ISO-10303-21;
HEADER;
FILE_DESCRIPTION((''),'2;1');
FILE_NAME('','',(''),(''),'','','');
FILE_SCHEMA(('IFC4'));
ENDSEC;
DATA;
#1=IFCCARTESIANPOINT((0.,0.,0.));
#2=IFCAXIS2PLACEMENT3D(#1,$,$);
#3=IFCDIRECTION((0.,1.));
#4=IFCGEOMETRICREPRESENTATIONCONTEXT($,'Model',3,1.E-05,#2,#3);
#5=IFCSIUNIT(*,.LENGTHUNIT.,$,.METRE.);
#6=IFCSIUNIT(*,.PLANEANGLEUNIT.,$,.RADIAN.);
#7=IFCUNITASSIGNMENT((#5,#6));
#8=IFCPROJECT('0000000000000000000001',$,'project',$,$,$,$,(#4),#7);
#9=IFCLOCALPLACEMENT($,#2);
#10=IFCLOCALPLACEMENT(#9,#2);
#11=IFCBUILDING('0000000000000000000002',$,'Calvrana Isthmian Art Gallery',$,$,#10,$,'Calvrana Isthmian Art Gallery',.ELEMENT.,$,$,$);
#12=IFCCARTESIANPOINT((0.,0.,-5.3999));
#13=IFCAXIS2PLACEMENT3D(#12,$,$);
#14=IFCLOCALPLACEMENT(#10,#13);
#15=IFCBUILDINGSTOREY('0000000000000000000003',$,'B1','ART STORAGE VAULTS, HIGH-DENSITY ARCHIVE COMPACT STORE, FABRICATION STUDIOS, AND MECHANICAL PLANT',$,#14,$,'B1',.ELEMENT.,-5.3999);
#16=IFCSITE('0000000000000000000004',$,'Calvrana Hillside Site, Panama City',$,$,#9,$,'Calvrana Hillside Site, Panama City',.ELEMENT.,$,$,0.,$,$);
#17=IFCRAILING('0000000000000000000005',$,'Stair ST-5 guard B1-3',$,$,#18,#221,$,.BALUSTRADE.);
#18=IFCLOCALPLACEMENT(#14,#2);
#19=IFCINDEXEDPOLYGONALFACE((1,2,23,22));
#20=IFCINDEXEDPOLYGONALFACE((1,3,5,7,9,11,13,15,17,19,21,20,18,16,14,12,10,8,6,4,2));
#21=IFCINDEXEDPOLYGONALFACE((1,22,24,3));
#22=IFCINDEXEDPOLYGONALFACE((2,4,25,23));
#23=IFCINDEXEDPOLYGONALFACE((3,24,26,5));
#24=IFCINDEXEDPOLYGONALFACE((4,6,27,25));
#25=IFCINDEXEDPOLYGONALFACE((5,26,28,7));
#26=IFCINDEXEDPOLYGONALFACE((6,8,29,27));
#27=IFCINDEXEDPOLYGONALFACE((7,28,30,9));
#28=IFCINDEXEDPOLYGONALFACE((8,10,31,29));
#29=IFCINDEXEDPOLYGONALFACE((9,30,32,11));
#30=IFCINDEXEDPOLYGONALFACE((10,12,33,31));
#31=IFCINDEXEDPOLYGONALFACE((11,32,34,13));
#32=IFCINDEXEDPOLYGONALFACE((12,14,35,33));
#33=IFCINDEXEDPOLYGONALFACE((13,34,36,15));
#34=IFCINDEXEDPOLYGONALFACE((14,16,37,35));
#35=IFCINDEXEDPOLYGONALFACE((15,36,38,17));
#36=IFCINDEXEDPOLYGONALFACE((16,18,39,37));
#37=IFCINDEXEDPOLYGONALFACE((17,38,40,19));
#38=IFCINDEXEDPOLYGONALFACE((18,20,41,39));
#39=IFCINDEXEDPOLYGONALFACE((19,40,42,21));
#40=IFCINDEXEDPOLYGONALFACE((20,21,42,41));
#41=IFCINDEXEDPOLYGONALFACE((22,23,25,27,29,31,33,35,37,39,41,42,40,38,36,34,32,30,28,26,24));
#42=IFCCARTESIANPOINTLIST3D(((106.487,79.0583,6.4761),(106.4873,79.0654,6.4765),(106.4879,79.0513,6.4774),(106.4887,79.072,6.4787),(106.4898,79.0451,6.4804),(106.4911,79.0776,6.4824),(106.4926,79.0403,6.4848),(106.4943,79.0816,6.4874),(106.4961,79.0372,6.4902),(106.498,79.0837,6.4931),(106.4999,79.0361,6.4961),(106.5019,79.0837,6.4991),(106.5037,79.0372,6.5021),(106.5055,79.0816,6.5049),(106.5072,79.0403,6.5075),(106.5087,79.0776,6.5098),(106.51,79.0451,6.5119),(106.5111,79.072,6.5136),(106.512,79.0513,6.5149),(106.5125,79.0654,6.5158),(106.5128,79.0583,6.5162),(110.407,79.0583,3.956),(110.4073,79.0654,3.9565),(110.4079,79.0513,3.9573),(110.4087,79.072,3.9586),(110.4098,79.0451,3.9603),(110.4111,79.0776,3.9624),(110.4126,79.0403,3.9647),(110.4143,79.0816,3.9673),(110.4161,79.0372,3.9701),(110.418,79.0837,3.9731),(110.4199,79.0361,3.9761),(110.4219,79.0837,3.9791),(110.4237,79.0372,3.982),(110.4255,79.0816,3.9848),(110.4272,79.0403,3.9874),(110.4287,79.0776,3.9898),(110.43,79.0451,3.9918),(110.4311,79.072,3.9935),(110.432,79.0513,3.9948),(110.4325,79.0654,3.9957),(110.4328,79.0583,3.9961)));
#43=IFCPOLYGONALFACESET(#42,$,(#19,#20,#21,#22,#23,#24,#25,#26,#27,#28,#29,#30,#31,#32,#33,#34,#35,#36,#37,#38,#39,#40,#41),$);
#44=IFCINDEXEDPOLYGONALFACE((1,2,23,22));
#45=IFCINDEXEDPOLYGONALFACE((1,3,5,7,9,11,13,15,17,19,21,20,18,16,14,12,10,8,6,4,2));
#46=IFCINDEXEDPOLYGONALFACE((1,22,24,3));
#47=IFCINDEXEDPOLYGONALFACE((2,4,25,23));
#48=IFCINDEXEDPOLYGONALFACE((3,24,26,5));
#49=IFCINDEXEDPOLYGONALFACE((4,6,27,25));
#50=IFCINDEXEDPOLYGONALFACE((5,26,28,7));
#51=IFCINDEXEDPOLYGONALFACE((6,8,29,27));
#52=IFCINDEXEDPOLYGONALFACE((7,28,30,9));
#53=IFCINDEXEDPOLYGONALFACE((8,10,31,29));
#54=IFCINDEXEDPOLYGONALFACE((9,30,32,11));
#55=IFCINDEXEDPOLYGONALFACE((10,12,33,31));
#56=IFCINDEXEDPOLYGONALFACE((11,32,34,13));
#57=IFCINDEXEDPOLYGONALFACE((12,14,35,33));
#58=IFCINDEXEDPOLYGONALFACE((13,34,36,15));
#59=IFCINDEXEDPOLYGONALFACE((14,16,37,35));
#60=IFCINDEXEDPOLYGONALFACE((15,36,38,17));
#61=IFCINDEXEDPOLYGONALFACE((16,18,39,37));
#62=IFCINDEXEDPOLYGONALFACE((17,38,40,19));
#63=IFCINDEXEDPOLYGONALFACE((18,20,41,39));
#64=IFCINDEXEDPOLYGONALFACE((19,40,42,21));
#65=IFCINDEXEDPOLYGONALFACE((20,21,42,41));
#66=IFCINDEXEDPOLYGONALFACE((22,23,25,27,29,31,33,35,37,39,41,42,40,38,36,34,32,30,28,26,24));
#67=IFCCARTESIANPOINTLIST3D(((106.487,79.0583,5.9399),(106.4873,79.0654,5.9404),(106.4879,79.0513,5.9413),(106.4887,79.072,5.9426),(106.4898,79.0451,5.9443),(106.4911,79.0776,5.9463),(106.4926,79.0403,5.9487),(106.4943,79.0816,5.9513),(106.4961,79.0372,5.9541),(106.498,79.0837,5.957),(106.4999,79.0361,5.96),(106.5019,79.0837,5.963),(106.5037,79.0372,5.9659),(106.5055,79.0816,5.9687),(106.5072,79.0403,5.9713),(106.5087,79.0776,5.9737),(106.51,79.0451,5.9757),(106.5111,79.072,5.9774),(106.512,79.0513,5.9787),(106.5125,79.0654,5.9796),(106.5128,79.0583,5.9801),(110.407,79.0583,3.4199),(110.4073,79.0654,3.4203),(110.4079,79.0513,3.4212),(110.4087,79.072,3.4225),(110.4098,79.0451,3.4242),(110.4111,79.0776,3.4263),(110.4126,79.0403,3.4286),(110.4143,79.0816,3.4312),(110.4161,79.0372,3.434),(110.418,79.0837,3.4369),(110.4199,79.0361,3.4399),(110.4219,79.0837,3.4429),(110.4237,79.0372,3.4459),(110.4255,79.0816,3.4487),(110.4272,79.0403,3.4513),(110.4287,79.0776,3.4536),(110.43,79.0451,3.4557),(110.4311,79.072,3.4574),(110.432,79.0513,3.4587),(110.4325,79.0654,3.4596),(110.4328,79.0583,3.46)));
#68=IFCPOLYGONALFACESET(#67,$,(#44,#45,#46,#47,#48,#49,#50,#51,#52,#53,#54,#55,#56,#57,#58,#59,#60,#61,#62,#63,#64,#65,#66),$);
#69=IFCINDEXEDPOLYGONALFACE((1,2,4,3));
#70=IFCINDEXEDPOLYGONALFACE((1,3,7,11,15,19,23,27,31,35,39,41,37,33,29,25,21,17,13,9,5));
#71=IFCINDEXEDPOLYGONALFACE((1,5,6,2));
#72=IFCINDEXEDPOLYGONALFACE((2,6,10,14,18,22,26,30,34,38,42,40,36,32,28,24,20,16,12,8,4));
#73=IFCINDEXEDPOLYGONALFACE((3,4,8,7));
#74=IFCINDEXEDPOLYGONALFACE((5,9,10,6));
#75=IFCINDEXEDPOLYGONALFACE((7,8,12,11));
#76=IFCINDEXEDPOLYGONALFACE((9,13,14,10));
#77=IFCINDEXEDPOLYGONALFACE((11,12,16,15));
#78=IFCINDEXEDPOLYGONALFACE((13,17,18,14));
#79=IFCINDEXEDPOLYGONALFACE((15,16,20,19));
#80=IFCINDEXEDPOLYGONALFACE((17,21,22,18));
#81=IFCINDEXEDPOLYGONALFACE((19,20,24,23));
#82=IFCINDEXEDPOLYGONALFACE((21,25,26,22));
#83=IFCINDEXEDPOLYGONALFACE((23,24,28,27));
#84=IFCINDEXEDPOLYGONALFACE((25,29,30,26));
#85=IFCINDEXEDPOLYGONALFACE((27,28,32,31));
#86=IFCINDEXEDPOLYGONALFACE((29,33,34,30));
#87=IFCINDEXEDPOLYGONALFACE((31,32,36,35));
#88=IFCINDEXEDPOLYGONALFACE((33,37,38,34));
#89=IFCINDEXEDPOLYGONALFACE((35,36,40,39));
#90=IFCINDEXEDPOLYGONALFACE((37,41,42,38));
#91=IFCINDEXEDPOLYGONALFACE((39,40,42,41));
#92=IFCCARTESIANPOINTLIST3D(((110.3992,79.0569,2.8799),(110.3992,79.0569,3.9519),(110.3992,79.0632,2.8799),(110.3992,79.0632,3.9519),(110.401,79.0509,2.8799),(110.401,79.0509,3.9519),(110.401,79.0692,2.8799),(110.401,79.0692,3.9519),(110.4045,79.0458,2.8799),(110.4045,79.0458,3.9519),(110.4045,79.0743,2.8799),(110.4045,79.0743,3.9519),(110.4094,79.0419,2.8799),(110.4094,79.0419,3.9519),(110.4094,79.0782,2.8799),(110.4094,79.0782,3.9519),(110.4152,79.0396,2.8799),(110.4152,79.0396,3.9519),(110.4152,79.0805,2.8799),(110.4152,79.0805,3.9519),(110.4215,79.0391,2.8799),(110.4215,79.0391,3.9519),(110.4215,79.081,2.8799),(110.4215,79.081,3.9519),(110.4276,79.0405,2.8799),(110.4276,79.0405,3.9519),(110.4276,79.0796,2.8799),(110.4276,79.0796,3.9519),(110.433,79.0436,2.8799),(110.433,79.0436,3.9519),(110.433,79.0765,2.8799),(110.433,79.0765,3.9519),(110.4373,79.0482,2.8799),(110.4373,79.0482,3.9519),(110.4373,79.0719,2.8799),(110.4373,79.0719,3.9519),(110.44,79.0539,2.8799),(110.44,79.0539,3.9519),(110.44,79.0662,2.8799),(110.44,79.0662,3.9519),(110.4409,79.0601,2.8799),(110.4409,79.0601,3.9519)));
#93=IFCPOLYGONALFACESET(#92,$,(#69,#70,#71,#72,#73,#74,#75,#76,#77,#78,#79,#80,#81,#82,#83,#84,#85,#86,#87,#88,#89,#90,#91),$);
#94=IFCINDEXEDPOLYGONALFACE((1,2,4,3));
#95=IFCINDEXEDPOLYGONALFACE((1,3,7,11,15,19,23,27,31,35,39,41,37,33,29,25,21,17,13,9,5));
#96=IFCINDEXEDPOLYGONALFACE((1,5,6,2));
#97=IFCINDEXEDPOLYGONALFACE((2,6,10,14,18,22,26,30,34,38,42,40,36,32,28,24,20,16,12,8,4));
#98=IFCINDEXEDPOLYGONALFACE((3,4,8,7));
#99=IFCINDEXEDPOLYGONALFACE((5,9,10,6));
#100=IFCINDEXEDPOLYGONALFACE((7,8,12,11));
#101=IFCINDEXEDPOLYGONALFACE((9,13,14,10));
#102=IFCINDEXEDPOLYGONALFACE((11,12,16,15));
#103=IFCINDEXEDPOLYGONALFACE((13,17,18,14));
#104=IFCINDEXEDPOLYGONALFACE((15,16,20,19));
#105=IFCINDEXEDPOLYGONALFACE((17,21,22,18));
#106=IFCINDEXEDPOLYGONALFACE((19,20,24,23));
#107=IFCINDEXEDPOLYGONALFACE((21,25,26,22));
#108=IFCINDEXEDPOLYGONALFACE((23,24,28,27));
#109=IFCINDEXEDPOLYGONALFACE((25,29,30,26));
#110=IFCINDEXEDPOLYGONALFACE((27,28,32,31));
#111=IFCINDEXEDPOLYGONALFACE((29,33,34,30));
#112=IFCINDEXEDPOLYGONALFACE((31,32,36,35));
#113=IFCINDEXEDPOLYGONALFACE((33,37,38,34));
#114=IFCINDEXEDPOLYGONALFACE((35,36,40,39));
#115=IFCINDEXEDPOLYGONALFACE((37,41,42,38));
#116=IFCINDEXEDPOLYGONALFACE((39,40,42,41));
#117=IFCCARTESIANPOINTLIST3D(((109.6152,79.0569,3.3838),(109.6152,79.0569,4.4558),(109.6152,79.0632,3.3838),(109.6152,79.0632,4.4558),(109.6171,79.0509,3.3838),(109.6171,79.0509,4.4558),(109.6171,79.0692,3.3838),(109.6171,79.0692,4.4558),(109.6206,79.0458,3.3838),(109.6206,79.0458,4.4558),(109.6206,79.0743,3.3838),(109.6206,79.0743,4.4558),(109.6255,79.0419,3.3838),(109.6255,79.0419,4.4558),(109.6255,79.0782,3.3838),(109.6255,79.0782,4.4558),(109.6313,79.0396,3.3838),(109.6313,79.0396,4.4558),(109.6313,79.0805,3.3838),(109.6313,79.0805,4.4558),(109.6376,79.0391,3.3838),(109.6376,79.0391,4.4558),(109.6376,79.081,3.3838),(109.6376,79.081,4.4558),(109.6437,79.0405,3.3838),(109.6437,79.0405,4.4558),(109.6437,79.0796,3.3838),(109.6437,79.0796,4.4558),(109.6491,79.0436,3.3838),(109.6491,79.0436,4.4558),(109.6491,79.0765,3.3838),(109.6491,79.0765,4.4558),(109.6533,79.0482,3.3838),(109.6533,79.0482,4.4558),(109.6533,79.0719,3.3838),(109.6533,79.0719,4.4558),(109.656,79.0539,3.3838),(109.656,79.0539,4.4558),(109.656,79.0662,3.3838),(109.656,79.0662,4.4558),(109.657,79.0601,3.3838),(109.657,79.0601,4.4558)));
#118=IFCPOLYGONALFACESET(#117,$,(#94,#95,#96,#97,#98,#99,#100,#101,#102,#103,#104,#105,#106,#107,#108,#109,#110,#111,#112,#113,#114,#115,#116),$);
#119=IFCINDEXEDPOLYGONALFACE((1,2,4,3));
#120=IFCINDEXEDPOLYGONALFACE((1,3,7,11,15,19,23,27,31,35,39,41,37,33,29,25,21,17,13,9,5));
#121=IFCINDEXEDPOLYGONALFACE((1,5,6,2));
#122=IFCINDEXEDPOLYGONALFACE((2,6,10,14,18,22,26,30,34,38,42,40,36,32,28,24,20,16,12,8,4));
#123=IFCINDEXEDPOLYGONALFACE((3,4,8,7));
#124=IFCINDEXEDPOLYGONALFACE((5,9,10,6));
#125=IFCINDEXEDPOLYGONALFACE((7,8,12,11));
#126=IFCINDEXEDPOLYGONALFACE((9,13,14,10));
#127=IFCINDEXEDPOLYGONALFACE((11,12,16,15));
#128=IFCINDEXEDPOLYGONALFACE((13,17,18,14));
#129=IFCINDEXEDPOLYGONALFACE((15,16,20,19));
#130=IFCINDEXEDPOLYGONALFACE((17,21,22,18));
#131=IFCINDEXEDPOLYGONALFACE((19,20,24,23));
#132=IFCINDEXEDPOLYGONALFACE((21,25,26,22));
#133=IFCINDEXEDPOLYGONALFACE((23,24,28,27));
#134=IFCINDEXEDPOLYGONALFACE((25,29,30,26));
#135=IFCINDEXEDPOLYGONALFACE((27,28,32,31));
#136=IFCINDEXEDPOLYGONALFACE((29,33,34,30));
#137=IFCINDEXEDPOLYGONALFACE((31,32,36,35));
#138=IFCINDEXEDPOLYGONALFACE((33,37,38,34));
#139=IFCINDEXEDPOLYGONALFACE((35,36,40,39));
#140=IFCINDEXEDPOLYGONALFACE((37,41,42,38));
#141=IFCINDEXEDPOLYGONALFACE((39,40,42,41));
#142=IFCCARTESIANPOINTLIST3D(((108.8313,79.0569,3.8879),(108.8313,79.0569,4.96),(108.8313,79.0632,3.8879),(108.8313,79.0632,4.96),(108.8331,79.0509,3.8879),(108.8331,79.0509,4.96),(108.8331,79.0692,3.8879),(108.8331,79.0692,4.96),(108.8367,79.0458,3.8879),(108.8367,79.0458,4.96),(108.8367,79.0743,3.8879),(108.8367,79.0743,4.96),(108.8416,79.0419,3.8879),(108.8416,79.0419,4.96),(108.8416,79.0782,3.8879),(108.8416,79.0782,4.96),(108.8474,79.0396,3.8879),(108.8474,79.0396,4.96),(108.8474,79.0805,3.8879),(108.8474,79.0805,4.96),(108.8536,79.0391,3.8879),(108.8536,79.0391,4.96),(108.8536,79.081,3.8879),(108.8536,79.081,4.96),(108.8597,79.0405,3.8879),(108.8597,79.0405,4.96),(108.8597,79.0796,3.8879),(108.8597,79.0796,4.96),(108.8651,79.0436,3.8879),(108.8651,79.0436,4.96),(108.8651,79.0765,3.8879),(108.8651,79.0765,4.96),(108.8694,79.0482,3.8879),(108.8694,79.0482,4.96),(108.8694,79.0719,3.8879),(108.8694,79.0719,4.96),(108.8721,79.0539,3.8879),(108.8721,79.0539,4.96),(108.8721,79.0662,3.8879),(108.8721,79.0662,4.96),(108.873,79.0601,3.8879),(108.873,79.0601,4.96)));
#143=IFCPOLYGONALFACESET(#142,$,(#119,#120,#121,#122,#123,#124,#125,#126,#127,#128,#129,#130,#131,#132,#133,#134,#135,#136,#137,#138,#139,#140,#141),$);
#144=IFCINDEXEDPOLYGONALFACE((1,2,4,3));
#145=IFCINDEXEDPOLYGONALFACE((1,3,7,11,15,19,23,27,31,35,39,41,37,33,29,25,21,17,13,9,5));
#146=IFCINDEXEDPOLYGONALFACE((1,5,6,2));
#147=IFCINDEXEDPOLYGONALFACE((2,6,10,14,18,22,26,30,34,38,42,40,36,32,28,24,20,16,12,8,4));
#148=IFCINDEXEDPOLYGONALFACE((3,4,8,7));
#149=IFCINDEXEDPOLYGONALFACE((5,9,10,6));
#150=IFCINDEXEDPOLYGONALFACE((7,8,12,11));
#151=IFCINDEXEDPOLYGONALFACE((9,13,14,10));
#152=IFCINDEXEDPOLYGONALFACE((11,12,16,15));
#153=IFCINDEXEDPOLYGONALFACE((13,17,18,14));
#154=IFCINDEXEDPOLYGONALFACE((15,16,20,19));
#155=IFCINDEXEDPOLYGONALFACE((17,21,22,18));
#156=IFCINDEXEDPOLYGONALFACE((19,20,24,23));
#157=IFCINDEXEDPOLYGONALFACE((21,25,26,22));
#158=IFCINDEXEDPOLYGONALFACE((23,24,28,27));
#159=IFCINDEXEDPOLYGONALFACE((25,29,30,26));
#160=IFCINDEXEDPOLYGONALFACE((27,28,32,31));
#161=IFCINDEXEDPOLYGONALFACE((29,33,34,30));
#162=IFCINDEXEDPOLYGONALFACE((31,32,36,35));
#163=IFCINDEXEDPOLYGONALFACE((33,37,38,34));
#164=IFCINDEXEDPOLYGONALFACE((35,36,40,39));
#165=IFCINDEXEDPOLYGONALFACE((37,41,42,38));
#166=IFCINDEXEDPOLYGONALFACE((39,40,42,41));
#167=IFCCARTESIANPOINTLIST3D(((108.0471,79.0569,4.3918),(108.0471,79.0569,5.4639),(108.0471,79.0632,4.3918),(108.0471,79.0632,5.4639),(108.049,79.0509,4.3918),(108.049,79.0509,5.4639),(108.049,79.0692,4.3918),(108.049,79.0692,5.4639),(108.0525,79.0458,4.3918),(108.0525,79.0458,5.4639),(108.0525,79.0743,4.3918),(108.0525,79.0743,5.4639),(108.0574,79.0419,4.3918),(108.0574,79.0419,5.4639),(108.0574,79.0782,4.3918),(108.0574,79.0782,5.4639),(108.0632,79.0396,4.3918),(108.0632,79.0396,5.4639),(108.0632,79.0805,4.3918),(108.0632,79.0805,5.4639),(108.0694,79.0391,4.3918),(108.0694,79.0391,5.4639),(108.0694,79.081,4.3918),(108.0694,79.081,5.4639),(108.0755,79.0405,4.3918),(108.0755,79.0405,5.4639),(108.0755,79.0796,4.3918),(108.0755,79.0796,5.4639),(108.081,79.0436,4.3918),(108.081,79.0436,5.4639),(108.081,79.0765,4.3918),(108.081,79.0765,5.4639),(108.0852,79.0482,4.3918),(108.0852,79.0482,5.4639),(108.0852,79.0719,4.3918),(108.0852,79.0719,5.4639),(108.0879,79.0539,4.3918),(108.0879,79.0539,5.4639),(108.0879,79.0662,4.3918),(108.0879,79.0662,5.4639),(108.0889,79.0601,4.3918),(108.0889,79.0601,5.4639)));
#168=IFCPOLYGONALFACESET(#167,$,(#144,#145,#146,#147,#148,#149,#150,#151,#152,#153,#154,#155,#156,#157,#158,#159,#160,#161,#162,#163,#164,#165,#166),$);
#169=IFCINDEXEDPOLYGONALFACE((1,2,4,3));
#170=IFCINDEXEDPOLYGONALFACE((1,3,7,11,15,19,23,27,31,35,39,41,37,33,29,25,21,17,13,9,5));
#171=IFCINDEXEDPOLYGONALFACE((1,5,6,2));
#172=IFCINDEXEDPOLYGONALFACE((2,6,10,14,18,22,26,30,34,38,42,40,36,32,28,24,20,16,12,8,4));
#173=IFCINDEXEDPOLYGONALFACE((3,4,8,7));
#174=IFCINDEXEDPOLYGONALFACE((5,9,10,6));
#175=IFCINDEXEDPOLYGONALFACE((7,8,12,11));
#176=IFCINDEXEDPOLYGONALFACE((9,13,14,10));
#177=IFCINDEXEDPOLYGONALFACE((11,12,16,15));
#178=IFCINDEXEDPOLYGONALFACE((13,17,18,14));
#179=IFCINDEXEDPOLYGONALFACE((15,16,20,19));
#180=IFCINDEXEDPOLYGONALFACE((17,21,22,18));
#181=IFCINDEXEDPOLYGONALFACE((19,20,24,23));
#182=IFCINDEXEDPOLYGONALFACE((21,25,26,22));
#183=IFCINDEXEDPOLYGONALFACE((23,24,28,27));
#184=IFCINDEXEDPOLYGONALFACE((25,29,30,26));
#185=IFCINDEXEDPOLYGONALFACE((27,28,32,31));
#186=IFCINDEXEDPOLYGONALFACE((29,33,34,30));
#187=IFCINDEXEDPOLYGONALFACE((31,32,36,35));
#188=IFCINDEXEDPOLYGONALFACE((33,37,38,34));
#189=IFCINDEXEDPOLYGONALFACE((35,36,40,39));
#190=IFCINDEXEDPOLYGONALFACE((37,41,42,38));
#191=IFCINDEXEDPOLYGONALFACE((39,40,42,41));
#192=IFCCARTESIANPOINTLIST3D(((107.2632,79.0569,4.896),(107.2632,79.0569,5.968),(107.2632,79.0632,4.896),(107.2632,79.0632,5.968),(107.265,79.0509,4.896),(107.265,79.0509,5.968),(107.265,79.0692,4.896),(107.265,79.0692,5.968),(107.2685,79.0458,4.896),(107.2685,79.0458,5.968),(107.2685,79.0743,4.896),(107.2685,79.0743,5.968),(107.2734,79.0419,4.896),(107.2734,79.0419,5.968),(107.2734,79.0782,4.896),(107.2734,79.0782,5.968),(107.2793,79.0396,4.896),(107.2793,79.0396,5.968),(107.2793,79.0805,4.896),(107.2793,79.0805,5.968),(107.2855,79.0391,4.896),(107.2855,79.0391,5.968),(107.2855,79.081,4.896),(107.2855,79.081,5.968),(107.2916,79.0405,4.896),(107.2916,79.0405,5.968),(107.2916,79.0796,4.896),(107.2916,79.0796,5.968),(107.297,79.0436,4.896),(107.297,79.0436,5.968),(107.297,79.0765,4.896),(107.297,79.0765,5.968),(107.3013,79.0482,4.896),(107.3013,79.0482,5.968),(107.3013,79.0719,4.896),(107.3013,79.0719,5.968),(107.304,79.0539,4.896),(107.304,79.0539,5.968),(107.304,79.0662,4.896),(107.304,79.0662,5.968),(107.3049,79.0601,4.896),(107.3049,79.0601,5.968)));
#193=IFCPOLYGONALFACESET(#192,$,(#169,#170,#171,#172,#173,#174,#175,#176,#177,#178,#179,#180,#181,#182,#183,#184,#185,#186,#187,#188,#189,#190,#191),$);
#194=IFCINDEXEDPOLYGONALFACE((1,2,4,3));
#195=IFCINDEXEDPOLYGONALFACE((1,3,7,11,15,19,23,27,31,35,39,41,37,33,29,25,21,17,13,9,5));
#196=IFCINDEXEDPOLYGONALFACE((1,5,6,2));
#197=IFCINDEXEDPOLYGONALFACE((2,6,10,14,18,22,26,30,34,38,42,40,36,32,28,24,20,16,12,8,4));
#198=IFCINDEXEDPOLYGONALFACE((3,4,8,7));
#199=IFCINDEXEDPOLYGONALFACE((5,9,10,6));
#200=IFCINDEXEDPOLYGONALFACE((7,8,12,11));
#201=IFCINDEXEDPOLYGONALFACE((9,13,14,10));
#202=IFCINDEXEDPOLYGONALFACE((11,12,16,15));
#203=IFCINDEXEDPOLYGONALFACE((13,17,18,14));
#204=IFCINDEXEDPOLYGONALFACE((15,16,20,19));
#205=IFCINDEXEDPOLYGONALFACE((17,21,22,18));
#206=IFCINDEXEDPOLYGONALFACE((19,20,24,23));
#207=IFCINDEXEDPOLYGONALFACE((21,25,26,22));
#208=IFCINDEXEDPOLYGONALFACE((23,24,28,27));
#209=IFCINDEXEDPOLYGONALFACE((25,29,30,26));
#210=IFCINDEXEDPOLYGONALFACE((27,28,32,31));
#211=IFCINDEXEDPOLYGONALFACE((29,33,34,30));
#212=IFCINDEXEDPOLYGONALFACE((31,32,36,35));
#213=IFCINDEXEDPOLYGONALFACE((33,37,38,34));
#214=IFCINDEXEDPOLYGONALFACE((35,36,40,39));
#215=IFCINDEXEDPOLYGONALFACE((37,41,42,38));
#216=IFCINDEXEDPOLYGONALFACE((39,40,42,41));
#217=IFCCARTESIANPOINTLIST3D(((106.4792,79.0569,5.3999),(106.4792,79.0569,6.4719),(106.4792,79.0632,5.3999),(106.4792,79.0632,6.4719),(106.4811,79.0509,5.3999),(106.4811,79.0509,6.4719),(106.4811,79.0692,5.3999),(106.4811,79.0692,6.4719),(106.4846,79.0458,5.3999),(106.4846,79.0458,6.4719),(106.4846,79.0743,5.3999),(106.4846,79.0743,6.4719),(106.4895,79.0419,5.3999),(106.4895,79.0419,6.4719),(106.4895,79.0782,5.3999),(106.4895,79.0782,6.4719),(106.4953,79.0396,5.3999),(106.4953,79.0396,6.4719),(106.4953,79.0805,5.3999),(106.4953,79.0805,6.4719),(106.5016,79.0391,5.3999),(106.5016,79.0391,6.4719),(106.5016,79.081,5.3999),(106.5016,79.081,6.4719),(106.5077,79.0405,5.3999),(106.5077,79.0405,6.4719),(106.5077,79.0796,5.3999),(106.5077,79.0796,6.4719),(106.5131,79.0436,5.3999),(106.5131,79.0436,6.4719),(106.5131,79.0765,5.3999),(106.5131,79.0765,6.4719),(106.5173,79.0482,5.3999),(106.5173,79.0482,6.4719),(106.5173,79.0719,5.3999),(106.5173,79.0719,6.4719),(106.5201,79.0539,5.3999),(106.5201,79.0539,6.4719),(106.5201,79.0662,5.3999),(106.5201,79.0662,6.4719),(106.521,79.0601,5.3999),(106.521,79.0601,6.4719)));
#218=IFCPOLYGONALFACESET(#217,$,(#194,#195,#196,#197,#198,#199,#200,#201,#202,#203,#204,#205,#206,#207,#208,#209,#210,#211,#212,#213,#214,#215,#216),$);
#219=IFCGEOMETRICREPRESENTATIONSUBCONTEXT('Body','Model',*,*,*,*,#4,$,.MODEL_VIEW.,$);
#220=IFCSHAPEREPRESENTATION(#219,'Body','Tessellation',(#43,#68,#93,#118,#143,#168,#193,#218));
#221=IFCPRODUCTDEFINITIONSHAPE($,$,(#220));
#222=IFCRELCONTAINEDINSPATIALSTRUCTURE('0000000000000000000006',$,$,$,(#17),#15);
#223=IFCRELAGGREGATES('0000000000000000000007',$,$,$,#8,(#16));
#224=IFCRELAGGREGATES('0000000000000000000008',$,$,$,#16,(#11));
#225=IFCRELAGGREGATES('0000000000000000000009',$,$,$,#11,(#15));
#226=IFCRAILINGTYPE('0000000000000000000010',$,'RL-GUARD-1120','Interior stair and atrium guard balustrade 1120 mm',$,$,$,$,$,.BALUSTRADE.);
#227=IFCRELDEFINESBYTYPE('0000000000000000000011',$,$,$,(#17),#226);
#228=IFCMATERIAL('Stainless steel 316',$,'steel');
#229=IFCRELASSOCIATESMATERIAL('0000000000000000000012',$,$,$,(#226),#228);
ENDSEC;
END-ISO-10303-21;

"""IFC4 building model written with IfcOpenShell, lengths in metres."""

from ifc_helpers import new_model, si_unit, direction, frame, origin, origin_2d, place, context, subcontext, project, spatial, circle, extrude, material, type_object, element, save


model = new_model("IFC4")

# Units and contexts
model_context = context("Model", 3, precision=1e-05, world=origin(), true_north=direction((0.0, 1.0)))
body_context = subcontext(model_context, "Body", "Model", "MODEL_VIEW")
ifc_project = project(units=[si_unit("LENGTHUNIT", "METRE"), si_unit("PLANEANGLEUNIT", "RADIAN")], contexts=[model_context])

# Site, building, storey
site_placement = place(None, origin())
site = spatial("IfcSite", under=ifc_project, at=site_placement, Name="Calvrana Hillside Site, Panama City", LongName="Calvrana Hillside Site, Panama City", CompositionType="ELEMENT", RefElevation=0.0)
building_placement = place(site_placement, origin())
building = spatial("IfcBuilding", under=site, at=building_placement, Name="Calvrana Isthmian Art Gallery", LongName="Calvrana Isthmian Art Gallery", CompositionType="ELEMENT")
storey_placement = place(building_placement, frame((0.0, 0.0, -5.3999)))
storey = spatial("IfcBuildingStorey", under=building, at=storey_placement, Name="B1", Description="ART STORAGE VAULTS, HIGH-DENSITY ARCHIVE COMPACT STORE, FABRICATION STUDIOS, AND MECHANICAL PLANT", LongName="B1", CompositionType="ELEMENT", Elevation=-5.3999)

# Railing
ifc_material_1 = material(Name="Stainless steel 316", Category="steel")
railing_type_1 = type_object("IfcRailingType", Name="RL-GUARD-1120", Description="Interior stair and atrium guard balustrade 1120 mm", PredefinedType="BALUSTRADE", material=ifc_material_1)
railing_1_placement = place(storey_placement, frame((110.4199, 79.0601, 2.8799)))
element("IfcRailing", 1, at=railing_1_placement, inside=storey, type_object=railing_type_1, Name="Stair ST-5 guard B1-3", PredefinedType="BALUSTRADE", context=body_context, shape_type="SweptSolid", body=[
    extrude(circle(Radius=0.0239, at=origin_2d()), frame((0.0, 0.0, 1.0962), z_axis=(-0.841172, 0.0, 0.540768), x_axis=(0.0, -1.0, 0.0)), (0.0, 0.0, 1.0), 4.6602),
    extrude(circle(Radius=0.0239, at=origin_2d()), frame((0.0, 0.0, 0.5601), z_axis=(-0.841172, 0.0, 0.540768), x_axis=(0.0, -1.0, 0.0)), (0.0, 0.0, 1.0), 4.6602),
    extrude(circle(Radius=0.021, at=origin_2d()), origin(), (0.0, 0.0, 1.0), 1.072),
    extrude(circle(Radius=0.021, at=origin_2d()), frame((-0.7839, 0.0, 0.5039)), (0.0, 0.0, 1.0), 1.072),
    extrude(circle(Radius=0.021, at=origin_2d()), frame((-1.5679, 0.0, 1.0081)), (0.0, 0.0, 1.0), 1.072),
    extrude(circle(Radius=0.021, at=origin_2d()), frame((-2.3521, 0.0, 1.512)), (0.0, 0.0, 1.0), 1.072),
    extrude(circle(Radius=0.021, at=origin_2d()), frame((-3.136, 0.0, 2.0161)), (0.0, 0.0, 1.0), 1.072),
    extrude(circle(Radius=0.021, at=origin_2d()), frame((-3.9199, 0.0, 2.52)), (0.0, 0.0, 1.0), 1.072),
])

save(model, "model.ifc")
